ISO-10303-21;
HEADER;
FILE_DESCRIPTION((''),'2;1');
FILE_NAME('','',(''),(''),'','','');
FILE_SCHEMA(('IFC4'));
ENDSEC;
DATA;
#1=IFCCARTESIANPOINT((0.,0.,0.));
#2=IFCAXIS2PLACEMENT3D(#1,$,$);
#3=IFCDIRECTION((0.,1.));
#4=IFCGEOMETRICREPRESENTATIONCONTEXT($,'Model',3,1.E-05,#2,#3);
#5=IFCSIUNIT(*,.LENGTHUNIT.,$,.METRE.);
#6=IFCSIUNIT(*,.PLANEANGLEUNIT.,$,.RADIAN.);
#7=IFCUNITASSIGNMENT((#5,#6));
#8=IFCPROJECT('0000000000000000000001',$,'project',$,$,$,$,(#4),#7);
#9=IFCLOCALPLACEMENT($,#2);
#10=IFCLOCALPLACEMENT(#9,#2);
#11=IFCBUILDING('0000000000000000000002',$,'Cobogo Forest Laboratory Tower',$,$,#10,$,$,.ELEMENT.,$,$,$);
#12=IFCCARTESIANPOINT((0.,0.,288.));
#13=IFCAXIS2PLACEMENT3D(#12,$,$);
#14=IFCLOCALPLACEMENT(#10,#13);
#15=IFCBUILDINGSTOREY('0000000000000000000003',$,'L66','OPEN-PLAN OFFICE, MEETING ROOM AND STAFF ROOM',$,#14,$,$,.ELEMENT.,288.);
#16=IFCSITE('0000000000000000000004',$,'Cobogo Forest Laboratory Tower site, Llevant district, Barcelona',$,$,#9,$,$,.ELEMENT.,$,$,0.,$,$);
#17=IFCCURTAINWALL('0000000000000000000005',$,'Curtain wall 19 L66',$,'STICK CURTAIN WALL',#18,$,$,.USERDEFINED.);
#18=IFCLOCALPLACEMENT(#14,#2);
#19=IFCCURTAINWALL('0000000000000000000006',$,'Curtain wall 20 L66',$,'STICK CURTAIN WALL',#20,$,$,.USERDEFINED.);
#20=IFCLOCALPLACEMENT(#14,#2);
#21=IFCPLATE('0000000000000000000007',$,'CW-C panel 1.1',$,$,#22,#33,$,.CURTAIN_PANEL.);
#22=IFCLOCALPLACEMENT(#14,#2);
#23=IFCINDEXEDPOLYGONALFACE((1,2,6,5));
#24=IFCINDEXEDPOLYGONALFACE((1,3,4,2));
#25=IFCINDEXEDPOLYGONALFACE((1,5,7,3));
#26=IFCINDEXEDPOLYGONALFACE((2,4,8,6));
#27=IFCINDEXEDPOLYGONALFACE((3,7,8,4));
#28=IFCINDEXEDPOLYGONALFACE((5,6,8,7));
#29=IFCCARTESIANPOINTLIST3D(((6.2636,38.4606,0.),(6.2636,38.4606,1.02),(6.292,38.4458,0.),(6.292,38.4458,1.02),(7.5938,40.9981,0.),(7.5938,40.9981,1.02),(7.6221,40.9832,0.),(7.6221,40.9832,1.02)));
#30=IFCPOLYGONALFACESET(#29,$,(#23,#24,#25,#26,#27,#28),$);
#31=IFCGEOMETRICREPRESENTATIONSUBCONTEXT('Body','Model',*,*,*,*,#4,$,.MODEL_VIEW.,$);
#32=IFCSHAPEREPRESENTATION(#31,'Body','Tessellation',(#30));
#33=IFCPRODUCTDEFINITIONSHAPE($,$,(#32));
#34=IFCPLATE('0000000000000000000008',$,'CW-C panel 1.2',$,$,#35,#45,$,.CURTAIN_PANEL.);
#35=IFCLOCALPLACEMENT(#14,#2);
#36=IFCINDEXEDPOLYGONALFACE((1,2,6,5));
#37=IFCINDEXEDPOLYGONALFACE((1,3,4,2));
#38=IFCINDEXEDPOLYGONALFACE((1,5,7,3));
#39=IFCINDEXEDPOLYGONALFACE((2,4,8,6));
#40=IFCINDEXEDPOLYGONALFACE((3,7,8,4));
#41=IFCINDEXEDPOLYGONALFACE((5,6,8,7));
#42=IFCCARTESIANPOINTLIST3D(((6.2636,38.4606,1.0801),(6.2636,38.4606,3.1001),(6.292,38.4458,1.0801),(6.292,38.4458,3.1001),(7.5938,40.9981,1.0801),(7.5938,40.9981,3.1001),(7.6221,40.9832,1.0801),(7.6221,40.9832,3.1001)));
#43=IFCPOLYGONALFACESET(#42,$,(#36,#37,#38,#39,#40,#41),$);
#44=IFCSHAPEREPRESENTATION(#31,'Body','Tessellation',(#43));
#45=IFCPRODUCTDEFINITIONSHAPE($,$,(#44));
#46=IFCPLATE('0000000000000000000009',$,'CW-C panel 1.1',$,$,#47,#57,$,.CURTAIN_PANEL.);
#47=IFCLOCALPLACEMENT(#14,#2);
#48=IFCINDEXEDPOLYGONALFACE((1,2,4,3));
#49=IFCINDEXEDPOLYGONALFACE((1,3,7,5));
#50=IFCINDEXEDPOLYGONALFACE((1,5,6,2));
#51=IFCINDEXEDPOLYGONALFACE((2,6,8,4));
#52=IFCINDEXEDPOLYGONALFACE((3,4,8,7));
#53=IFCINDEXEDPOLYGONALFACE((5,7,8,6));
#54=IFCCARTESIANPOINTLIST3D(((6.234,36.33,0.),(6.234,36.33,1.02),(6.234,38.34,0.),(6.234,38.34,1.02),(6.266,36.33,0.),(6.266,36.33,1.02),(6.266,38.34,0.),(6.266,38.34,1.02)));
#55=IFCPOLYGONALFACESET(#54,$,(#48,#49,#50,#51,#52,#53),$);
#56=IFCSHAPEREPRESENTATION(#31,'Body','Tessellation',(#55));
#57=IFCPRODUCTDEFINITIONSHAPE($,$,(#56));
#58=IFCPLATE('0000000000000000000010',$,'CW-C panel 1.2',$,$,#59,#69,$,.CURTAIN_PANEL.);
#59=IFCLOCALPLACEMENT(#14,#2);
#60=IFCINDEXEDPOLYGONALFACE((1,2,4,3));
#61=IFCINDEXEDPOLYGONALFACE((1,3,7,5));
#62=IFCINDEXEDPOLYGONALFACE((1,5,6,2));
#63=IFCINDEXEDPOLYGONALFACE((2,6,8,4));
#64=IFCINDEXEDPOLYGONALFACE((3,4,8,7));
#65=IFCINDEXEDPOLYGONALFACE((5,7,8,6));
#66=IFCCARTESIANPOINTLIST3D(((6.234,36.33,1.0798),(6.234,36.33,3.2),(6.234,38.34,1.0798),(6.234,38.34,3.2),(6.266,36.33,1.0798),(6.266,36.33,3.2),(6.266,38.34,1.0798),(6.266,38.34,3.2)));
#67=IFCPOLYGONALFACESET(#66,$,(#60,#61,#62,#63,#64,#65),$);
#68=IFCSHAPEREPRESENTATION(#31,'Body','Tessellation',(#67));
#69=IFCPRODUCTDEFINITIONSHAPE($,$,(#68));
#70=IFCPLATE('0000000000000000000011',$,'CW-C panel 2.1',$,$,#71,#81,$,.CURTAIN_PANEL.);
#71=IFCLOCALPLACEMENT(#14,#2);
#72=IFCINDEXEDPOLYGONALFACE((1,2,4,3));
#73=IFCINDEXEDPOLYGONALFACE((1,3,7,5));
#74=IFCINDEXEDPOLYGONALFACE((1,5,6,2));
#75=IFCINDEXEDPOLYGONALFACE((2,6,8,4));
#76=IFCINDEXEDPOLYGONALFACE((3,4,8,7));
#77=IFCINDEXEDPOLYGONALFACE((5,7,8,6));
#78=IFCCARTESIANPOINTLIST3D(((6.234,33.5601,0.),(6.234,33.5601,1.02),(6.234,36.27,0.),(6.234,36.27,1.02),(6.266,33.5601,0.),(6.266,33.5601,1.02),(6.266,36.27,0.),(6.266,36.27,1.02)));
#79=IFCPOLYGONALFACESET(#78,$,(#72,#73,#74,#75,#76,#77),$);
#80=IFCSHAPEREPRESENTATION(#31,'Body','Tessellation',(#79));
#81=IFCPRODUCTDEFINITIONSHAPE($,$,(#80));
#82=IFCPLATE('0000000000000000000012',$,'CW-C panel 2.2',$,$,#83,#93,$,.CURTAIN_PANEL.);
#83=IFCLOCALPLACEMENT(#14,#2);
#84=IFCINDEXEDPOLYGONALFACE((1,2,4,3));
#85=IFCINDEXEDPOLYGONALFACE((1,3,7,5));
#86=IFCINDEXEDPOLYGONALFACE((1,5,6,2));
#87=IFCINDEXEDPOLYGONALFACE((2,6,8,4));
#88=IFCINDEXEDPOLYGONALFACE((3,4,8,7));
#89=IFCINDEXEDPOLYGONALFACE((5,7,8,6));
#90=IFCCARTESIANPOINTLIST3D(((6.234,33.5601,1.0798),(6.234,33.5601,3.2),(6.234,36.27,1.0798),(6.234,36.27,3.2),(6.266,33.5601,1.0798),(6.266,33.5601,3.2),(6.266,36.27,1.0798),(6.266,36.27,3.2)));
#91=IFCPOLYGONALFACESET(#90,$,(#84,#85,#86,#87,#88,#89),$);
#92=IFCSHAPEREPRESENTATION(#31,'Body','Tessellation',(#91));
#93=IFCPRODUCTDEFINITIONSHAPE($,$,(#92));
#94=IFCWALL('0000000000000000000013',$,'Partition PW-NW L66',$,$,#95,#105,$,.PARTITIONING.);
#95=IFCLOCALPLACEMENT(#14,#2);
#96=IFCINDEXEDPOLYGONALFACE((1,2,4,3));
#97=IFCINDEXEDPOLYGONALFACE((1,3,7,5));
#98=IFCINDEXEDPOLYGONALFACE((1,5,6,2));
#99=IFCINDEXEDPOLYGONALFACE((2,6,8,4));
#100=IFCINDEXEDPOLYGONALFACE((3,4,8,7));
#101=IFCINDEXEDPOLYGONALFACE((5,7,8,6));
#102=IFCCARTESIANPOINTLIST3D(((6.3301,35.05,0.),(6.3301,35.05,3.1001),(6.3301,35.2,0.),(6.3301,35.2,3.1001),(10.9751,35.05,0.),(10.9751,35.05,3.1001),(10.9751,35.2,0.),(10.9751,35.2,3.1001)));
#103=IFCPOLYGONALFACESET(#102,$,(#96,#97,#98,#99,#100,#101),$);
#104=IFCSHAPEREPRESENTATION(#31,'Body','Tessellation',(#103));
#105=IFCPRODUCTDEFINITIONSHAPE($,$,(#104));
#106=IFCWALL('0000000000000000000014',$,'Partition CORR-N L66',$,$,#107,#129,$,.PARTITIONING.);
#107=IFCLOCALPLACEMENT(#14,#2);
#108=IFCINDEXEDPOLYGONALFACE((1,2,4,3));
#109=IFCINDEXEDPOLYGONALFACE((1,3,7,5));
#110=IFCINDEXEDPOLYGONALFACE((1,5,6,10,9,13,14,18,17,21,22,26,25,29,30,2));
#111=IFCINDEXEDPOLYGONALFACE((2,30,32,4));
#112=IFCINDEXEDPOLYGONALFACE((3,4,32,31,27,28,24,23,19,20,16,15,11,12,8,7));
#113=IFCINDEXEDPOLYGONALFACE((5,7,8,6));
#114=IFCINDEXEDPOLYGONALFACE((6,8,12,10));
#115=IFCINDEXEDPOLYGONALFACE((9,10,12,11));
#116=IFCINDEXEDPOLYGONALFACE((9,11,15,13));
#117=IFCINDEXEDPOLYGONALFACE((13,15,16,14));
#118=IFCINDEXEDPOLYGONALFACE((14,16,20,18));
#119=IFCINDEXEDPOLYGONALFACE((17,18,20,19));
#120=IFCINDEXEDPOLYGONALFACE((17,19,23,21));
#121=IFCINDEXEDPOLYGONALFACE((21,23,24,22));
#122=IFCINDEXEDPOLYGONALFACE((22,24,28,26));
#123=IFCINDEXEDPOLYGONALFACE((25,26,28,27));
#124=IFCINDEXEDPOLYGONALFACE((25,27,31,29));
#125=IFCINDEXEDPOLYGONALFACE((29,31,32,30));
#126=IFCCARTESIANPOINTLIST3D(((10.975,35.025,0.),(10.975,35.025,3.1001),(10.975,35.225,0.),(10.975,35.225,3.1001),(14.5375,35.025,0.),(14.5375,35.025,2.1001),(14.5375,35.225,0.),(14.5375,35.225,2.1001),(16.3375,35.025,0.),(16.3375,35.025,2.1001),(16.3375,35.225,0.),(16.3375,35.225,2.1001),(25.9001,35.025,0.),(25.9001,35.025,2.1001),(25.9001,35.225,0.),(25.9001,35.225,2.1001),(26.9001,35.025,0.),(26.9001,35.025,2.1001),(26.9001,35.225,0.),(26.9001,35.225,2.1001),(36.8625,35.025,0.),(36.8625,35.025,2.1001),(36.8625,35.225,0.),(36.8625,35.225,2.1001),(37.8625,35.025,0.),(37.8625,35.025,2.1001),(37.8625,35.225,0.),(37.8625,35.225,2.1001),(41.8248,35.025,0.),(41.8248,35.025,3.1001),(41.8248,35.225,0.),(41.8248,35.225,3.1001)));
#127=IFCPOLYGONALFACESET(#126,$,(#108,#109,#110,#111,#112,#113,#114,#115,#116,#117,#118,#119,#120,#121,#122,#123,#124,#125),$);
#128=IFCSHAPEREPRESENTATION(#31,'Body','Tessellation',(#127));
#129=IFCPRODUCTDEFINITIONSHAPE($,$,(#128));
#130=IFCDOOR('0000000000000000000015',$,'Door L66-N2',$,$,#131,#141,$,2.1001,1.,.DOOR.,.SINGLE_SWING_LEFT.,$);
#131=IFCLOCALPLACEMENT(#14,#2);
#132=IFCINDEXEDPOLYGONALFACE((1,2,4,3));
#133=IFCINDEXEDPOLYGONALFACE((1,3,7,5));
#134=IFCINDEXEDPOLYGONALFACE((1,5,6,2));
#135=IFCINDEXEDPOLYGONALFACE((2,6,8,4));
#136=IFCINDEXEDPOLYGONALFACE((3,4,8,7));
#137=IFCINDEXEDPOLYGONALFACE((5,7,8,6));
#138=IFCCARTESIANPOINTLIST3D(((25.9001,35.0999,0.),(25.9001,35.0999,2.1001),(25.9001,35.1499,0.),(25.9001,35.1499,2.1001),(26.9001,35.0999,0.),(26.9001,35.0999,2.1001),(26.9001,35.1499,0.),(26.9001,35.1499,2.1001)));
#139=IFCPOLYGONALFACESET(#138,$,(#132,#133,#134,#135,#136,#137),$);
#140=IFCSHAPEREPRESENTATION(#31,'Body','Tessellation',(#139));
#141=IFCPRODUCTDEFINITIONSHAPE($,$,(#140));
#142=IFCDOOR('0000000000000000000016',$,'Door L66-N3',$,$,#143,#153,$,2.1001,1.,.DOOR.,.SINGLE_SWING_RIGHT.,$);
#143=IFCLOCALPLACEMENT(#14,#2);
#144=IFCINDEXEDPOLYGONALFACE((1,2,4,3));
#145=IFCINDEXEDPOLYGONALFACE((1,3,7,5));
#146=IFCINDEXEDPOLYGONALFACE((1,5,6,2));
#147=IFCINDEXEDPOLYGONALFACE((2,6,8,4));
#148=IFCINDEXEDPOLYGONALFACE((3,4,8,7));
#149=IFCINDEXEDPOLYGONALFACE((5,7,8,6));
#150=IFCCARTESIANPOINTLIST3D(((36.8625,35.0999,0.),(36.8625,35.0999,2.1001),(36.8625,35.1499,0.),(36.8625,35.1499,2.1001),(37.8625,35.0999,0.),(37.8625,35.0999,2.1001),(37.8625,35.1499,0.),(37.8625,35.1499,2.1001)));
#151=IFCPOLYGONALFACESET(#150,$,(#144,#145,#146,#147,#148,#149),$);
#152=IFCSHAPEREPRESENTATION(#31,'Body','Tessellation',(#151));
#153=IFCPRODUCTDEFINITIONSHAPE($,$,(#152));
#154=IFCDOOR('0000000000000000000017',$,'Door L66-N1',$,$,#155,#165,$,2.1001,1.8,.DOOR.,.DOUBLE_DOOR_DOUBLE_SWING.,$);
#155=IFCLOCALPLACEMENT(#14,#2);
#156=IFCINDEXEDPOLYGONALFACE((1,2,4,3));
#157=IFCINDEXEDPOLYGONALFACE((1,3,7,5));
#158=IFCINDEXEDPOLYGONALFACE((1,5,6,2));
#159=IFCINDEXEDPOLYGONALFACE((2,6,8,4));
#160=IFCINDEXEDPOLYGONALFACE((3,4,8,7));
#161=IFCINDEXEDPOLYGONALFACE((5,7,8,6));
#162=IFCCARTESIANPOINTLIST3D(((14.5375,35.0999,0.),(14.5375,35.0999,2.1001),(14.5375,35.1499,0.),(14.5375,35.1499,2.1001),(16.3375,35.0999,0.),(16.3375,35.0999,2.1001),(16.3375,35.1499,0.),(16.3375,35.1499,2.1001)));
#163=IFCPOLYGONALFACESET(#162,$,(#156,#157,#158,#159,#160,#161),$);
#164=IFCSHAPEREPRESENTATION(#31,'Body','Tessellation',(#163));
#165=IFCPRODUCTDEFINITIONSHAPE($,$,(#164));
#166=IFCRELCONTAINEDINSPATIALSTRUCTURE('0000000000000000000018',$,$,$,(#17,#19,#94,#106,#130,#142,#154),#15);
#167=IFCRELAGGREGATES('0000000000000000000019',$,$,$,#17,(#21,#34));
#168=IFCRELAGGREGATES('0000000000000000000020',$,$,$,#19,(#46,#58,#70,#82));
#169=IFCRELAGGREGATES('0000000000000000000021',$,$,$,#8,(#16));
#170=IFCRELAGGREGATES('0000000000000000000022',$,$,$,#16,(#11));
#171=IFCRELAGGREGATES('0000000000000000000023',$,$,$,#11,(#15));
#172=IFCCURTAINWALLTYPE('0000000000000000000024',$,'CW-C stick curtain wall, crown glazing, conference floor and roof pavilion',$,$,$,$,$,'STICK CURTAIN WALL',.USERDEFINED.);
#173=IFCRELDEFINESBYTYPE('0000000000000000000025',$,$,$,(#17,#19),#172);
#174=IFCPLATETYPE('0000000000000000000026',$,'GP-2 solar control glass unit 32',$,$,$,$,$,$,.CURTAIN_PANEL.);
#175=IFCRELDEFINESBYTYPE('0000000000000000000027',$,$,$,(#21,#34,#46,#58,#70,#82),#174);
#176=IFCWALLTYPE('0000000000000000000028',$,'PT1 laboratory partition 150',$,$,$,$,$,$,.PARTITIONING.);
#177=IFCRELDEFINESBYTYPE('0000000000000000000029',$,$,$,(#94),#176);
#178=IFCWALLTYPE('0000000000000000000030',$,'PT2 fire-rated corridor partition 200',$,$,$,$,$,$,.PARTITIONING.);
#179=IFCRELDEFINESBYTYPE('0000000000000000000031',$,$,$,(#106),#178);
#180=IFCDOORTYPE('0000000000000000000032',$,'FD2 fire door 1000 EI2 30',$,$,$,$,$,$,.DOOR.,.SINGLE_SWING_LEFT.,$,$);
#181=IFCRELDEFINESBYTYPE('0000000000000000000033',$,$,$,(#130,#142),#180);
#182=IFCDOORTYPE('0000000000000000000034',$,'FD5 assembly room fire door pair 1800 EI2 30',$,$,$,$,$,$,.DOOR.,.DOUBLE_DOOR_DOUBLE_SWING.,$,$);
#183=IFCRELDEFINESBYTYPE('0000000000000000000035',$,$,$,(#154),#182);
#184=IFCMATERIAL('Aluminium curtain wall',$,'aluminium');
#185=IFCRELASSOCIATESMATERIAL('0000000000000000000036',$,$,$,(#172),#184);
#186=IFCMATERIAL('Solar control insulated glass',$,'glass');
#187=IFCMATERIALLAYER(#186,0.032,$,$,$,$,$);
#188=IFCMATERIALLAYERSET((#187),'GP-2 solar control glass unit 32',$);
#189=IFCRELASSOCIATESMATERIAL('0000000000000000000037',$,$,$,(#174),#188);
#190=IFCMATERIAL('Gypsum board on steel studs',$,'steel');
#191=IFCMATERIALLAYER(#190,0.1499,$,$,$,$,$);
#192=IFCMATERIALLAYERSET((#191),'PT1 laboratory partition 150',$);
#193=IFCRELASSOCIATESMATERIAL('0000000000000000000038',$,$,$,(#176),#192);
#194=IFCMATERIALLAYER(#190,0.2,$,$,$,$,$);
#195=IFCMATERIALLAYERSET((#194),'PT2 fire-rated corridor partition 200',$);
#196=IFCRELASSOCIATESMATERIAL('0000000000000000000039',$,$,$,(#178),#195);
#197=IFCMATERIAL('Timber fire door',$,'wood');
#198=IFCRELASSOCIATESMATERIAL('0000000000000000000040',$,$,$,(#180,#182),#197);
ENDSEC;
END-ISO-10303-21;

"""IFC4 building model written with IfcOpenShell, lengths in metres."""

from ifc_helpers import new_model, si_unit, direction, frame, frame_2d, origin, origin_2d, place, context, subcontext, project, spatial, rectangle, extrude, material, layer, layer_set, type_object, element, fill, aggregate, save


model = new_model("IFC4")

# Units and contexts
model_context = context("Model", 3, precision=1e-05, world=origin(), true_north=direction((0.0, 1.0)))
body_context = subcontext(model_context, "Body", "Model", "MODEL_VIEW")
ifc_project = project(units=[si_unit("LENGTHUNIT", "METRE"), si_unit("PLANEANGLEUNIT", "RADIAN")], contexts=[model_context])

# Site, building, storey
site_placement = place(None, origin())
site = spatial("IfcSite", under=ifc_project, at=site_placement, Name="Cobogo Forest Laboratory Tower site, Llevant district, Barcelona", CompositionType="ELEMENT", RefElevation=0.0)
building_placement = place(site_placement, origin())
building = spatial("IfcBuilding", under=site, at=building_placement, Name="Cobogo Forest Laboratory Tower", CompositionType="ELEMENT")
storey_placement = place(building_placement, frame((0.0, 0.0, 288.0)))
storey = spatial("IfcBuildingStorey", under=building, at=storey_placement, Name="L66", Description="OPEN-PLAN OFFICE, MEETING ROOM AND STAFF ROOM", CompositionType="ELEMENT", Elevation=288.0)

# Shared definitions
ifc_material_1 = material(Name="Aluminium curtain wall", Category="aluminium")
curtain_wall_type = type_object("IfcCurtainWallType", Name="CW-C stick curtain wall, crown glazing, conference floor and roof pavilion", ElementType="STICK CURTAIN WALL", PredefinedType="USERDEFINED", material=ifc_material_1)

# Curtain walls
curtain_wall_1_placement = place(storey_placement, origin())
curtain_wall_1 = element("IfcCurtainWall", 1, at=curtain_wall_1_placement, inside=storey, type_object=curtain_wall_type, Name="Curtain wall 19 L66", ObjectType="STICK CURTAIN WALL", PredefinedType="USERDEFINED")
curtain_wall_2_placement = place(storey_placement, origin())
curtain_wall_2 = element("IfcCurtainWall", 2, at=curtain_wall_2_placement, inside=storey, type_object=curtain_wall_type, Name="Curtain wall 20 L66", ObjectType="STICK CURTAIN WALL", PredefinedType="USERDEFINED")

# Plates
ifc_material_2 = material(Name="Solar control insulated glass", Category="glass")
ifc_layer_1 = layer(ifc_material_2, 0.032)
ifc_layer_set_1 = layer_set([ifc_layer_1], Name="GP-2 solar control glass unit 32")
plate_type = type_object("IfcPlateType", Name="GP-2 solar control glass unit 32", PredefinedType="CURTAIN_PANEL", material=ifc_layer_set_1)
plate_1_placement = place(storey_placement, frame((6.9429, 39.7219, 0.0), z_axis=(0.0, 0.0, 1.0), x_axis=(-0.464284, -0.885686, 0.0)))
plate_1 = element("IfcPlate", 3, at=plate_1_placement, type_object=plate_type, Name="CW-C panel 1.1", PredefinedType="CURTAIN_PANEL", context=body_context, shape_type="SweptSolid", body=[
    extrude(rectangle(XDim=2.865, YDim=0.032, at=origin_2d()), origin(), (0.0, 0.0, 1.0), 1.02),
])
plate_2_placement = place(storey_placement, frame((6.9429, 39.7219, 1.0801), z_axis=(0.0, 0.0, 1.0), x_axis=(-0.464284, -0.885686, 0.0)))
plate_2 = element("IfcPlate", 4, at=plate_2_placement, type_object=plate_type, Name="CW-C panel 1.2", PredefinedType="CURTAIN_PANEL", context=body_context, shape_type="SweptSolid", body=[
    extrude(rectangle(XDim=2.865, YDim=0.032, at=origin_2d()), origin(), (0.0, 0.0, 1.0), 2.02),
])
aggregate(curtain_wall_1, [plate_1, plate_2])
plate_3_placement = place(storey_placement, frame((6.25, 37.335, 0.0), z_axis=(0.0, 0.0, 1.0), x_axis=(0.0, -1.0, 0.0)))
plate_3 = element("IfcPlate", 5, at=plate_3_placement, type_object=plate_type, Name="CW-C panel 1.1", PredefinedType="CURTAIN_PANEL", context=body_context, shape_type="SweptSolid", body=[
    extrude(rectangle(XDim=2.01, YDim=0.032, at=origin_2d()), origin(), (0.0, 0.0, 1.0), 1.02),
])
plate_4_placement = place(storey_placement, frame((6.25, 37.335, 1.0798), z_axis=(0.0, 0.0, 1.0), x_axis=(0.0, -1.0, 0.0)))
plate_4 = element("IfcPlate", 6, at=plate_4_placement, type_object=plate_type, Name="CW-C panel 1.2", PredefinedType="CURTAIN_PANEL", context=body_context, shape_type="SweptSolid", body=[
    extrude(rectangle(XDim=2.01, YDim=0.032, at=origin_2d()), origin(), (0.0, 0.0, 1.0), 2.1201),
])
plate_5_placement = place(storey_placement, frame((6.25, 34.915, 0.0), z_axis=(0.0, 0.0, 1.0), x_axis=(0.0, -1.0, 0.0)))
plate_5 = element("IfcPlate", 7, at=plate_5_placement, type_object=plate_type, Name="CW-C panel 2.1", PredefinedType="CURTAIN_PANEL", context=body_context, shape_type="SweptSolid", body=[
    extrude(rectangle(XDim=2.71, YDim=0.032, at=origin_2d()), origin(), (0.0, 0.0, 1.0), 1.02),
])
plate_6_placement = place(storey_placement, frame((6.25, 34.915, 1.0798), z_axis=(0.0, 0.0, 1.0), x_axis=(0.0, -1.0, 0.0)))
plate_6 = element("IfcPlate", 8, at=plate_6_placement, type_object=plate_type, Name="CW-C panel 2.2", PredefinedType="CURTAIN_PANEL", context=body_context, shape_type="SweptSolid", body=[
    extrude(rectangle(XDim=2.71, YDim=0.032, at=origin_2d()), origin(), (0.0, 0.0, 1.0), 2.1201),
])
aggregate(curtain_wall_2, [plate_3, plate_4, plate_5, plate_6])

# Wall
ifc_material_3 = material(Name="Gypsum board on steel studs", Category="steel")
ifc_layer_2 = layer(ifc_material_3, 0.1499)
ifc_layer_set_2 = layer_set([ifc_layer_2], Name="PT1 laboratory partition 150")
wall_type_1 = type_object("IfcWallType", Name="PT1 laboratory partition 150", PredefinedType="PARTITIONING", material=ifc_layer_set_2)
wall_1_placement = place(storey_placement, frame((6.3301, 35.125, 0.0), z_axis=(0.0, 0.0, 1.0), x_axis=(1.0, 0.0, 0.0)))
element("IfcWall", 9, at=wall_1_placement, inside=storey, type_object=wall_type_1, Name="Partition PW-NW L66", PredefinedType="PARTITIONING", context=body_context, shape_type="SweptSolid", body=[
    extrude(rectangle(XDim=4.645, YDim=0.1499, at=frame_2d((2.3225, 0.0))), origin(), (0.0, 0.0, 1.0), 3.1001),
])

# Wall, openings, doors
ifc_layer_3 = layer(ifc_material_3, 0.2)
ifc_layer_set_3 = layer_set([ifc_layer_3], Name="PT2 fire-rated corridor partition 200")
wall_type_2 = type_object("IfcWallType", Name="PT2 fire-rated corridor partition 200", PredefinedType="PARTITIONING", material=ifc_layer_set_3)
wall_2_placement = place(storey_placement, frame((10.9751, 35.125, 0.0), z_axis=(0.0, 0.0, 1.0), x_axis=(1.0, 0.0, 0.0)))
wall_2 = element("IfcWall", 10, at=wall_2_placement, inside=storey, type_object=wall_type_2, Name="Partition CORR-N L66", PredefinedType="PARTITIONING", context=body_context, shape_type="SweptSolid", body=[
    extrude(rectangle(XDim=30.8499, YDim=0.2, at=frame_2d((15.4248, 0.0))), origin(), (0.0, 0.0, 1.0), 3.1001),
])
opening_1_placement = place(wall_2_placement, frame((3.5625, 0.0, 0.0)))
opening_1 = element("IfcOpeningElement", 11, at=opening_1_placement, cuts=wall_2, PredefinedType="OPENING", context=body_context, shape_type="SweptSolid", body=[
    extrude(rectangle(XDim=1.8, YDim=2.1001, at=frame_2d((0.8999, 1.05))), frame((0.0, 0.1099, 0.0), z_axis=(0.0, -1.0, 0.0), x_axis=(1.0, 0.0, 0.0)), (0.0, 0.0, 1.0), 0.22),
])
opening_2_placement = place(wall_2_placement, frame((14.925, 0.0, 0.0)))
opening_2 = element("IfcOpeningElement", 12, at=opening_2_placement, cuts=wall_2, PredefinedType="OPENING", context=body_context, shape_type="SweptSolid", body=[
    extrude(rectangle(XDim=1.0, YDim=2.1001, at=frame_2d((0.5, 1.05))), frame((0.0, 0.1099, 0.0), z_axis=(0.0, -1.0, 0.0), x_axis=(1.0, 0.0, 0.0)), (0.0, 0.0, 1.0), 0.22),
])
opening_3_placement = place(wall_2_placement, frame((25.8875, 0.0, 0.0)))
opening_3 = element("IfcOpeningElement", 13, at=opening_3_placement, cuts=wall_2, PredefinedType="OPENING", context=body_context, shape_type="SweptSolid", body=[
    extrude(rectangle(XDim=1.0, YDim=2.1001, at=frame_2d((0.5, 1.05))), frame((0.0, 0.1099, 0.0), z_axis=(0.0, -1.0, 0.0), x_axis=(1.0, 0.0, 0.0)), (0.0, 0.0, 1.0), 0.22),
])
ifc_material_4 = material(Name="Timber fire door", Category="wood")
door_type_1 = type_object("IfcDoorType", Name="FD2 fire door 1000 EI2 30", OperationType="SINGLE_SWING_LEFT", PredefinedType="DOOR", material=ifc_material_4)
door_1_placement = place(opening_2_placement, origin())
door_1 = element("IfcDoor", 14, at=door_1_placement, inside=storey, type_object=door_type_1, Name="Door L66-N2", OperationType="SINGLE_SWING_LEFT", OverallHeight=2.1001, OverallWidth=1.0, PredefinedType="DOOR", context=body_context, shape_type="SweptSolid", body=[
    extrude(rectangle(XDim=1.0, YDim=2.1001, at=frame_2d((0.5, 1.05))), frame((0.0, 0.0249, 0.0), z_axis=(0.0, -1.0, 0.0), x_axis=(1.0, 0.0, 0.0)), (0.0, 0.0, 1.0), 0.05),
])
fill(opening_2, door_1)
door_2_placement = place(opening_3_placement, origin())
door_2 = element("IfcDoor", 15, at=door_2_placement, inside=storey, type_object=door_type_1, Name="Door L66-N3", OperationType="SINGLE_SWING_RIGHT", OverallHeight=2.1001, OverallWidth=1.0, PredefinedType="DOOR", context=body_context, shape_type="SweptSolid", body=[
    extrude(rectangle(XDim=1.0, YDim=2.1001, at=frame_2d((0.5, 1.05))), frame((0.0, 0.0249, 0.0), z_axis=(0.0, -1.0, 0.0), x_axis=(1.0, 0.0, 0.0)), (0.0, 0.0, 1.0), 0.05),
])
fill(opening_3, door_2)
door_type_2 = type_object("IfcDoorType", Name="FD5 assembly room fire door pair 1800 EI2 30", OperationType="DOUBLE_DOOR_DOUBLE_SWING", PredefinedType="DOOR", material=ifc_material_4)
door_3_placement = place(opening_1_placement, origin())
door_3 = element("IfcDoor", 16, at=door_3_placement, inside=storey, type_object=door_type_2, Name="Door L66-N1", OperationType="DOUBLE_DOOR_DOUBLE_SWING", OverallHeight=2.1001, OverallWidth=1.8, PredefinedType="DOOR", context=body_context, shape_type="SweptSolid", body=[
    extrude(rectangle(XDim=1.8, YDim=2.1001, at=frame_2d((0.8999, 1.05))), frame((0.0, 0.0249, 0.0), z_axis=(0.0, -1.0, 0.0), x_axis=(1.0, 0.0, 0.0)), (0.0, 0.0, 1.0), 0.05),
])
fill(opening_1, door_3)

save(model, "model.ifc")
